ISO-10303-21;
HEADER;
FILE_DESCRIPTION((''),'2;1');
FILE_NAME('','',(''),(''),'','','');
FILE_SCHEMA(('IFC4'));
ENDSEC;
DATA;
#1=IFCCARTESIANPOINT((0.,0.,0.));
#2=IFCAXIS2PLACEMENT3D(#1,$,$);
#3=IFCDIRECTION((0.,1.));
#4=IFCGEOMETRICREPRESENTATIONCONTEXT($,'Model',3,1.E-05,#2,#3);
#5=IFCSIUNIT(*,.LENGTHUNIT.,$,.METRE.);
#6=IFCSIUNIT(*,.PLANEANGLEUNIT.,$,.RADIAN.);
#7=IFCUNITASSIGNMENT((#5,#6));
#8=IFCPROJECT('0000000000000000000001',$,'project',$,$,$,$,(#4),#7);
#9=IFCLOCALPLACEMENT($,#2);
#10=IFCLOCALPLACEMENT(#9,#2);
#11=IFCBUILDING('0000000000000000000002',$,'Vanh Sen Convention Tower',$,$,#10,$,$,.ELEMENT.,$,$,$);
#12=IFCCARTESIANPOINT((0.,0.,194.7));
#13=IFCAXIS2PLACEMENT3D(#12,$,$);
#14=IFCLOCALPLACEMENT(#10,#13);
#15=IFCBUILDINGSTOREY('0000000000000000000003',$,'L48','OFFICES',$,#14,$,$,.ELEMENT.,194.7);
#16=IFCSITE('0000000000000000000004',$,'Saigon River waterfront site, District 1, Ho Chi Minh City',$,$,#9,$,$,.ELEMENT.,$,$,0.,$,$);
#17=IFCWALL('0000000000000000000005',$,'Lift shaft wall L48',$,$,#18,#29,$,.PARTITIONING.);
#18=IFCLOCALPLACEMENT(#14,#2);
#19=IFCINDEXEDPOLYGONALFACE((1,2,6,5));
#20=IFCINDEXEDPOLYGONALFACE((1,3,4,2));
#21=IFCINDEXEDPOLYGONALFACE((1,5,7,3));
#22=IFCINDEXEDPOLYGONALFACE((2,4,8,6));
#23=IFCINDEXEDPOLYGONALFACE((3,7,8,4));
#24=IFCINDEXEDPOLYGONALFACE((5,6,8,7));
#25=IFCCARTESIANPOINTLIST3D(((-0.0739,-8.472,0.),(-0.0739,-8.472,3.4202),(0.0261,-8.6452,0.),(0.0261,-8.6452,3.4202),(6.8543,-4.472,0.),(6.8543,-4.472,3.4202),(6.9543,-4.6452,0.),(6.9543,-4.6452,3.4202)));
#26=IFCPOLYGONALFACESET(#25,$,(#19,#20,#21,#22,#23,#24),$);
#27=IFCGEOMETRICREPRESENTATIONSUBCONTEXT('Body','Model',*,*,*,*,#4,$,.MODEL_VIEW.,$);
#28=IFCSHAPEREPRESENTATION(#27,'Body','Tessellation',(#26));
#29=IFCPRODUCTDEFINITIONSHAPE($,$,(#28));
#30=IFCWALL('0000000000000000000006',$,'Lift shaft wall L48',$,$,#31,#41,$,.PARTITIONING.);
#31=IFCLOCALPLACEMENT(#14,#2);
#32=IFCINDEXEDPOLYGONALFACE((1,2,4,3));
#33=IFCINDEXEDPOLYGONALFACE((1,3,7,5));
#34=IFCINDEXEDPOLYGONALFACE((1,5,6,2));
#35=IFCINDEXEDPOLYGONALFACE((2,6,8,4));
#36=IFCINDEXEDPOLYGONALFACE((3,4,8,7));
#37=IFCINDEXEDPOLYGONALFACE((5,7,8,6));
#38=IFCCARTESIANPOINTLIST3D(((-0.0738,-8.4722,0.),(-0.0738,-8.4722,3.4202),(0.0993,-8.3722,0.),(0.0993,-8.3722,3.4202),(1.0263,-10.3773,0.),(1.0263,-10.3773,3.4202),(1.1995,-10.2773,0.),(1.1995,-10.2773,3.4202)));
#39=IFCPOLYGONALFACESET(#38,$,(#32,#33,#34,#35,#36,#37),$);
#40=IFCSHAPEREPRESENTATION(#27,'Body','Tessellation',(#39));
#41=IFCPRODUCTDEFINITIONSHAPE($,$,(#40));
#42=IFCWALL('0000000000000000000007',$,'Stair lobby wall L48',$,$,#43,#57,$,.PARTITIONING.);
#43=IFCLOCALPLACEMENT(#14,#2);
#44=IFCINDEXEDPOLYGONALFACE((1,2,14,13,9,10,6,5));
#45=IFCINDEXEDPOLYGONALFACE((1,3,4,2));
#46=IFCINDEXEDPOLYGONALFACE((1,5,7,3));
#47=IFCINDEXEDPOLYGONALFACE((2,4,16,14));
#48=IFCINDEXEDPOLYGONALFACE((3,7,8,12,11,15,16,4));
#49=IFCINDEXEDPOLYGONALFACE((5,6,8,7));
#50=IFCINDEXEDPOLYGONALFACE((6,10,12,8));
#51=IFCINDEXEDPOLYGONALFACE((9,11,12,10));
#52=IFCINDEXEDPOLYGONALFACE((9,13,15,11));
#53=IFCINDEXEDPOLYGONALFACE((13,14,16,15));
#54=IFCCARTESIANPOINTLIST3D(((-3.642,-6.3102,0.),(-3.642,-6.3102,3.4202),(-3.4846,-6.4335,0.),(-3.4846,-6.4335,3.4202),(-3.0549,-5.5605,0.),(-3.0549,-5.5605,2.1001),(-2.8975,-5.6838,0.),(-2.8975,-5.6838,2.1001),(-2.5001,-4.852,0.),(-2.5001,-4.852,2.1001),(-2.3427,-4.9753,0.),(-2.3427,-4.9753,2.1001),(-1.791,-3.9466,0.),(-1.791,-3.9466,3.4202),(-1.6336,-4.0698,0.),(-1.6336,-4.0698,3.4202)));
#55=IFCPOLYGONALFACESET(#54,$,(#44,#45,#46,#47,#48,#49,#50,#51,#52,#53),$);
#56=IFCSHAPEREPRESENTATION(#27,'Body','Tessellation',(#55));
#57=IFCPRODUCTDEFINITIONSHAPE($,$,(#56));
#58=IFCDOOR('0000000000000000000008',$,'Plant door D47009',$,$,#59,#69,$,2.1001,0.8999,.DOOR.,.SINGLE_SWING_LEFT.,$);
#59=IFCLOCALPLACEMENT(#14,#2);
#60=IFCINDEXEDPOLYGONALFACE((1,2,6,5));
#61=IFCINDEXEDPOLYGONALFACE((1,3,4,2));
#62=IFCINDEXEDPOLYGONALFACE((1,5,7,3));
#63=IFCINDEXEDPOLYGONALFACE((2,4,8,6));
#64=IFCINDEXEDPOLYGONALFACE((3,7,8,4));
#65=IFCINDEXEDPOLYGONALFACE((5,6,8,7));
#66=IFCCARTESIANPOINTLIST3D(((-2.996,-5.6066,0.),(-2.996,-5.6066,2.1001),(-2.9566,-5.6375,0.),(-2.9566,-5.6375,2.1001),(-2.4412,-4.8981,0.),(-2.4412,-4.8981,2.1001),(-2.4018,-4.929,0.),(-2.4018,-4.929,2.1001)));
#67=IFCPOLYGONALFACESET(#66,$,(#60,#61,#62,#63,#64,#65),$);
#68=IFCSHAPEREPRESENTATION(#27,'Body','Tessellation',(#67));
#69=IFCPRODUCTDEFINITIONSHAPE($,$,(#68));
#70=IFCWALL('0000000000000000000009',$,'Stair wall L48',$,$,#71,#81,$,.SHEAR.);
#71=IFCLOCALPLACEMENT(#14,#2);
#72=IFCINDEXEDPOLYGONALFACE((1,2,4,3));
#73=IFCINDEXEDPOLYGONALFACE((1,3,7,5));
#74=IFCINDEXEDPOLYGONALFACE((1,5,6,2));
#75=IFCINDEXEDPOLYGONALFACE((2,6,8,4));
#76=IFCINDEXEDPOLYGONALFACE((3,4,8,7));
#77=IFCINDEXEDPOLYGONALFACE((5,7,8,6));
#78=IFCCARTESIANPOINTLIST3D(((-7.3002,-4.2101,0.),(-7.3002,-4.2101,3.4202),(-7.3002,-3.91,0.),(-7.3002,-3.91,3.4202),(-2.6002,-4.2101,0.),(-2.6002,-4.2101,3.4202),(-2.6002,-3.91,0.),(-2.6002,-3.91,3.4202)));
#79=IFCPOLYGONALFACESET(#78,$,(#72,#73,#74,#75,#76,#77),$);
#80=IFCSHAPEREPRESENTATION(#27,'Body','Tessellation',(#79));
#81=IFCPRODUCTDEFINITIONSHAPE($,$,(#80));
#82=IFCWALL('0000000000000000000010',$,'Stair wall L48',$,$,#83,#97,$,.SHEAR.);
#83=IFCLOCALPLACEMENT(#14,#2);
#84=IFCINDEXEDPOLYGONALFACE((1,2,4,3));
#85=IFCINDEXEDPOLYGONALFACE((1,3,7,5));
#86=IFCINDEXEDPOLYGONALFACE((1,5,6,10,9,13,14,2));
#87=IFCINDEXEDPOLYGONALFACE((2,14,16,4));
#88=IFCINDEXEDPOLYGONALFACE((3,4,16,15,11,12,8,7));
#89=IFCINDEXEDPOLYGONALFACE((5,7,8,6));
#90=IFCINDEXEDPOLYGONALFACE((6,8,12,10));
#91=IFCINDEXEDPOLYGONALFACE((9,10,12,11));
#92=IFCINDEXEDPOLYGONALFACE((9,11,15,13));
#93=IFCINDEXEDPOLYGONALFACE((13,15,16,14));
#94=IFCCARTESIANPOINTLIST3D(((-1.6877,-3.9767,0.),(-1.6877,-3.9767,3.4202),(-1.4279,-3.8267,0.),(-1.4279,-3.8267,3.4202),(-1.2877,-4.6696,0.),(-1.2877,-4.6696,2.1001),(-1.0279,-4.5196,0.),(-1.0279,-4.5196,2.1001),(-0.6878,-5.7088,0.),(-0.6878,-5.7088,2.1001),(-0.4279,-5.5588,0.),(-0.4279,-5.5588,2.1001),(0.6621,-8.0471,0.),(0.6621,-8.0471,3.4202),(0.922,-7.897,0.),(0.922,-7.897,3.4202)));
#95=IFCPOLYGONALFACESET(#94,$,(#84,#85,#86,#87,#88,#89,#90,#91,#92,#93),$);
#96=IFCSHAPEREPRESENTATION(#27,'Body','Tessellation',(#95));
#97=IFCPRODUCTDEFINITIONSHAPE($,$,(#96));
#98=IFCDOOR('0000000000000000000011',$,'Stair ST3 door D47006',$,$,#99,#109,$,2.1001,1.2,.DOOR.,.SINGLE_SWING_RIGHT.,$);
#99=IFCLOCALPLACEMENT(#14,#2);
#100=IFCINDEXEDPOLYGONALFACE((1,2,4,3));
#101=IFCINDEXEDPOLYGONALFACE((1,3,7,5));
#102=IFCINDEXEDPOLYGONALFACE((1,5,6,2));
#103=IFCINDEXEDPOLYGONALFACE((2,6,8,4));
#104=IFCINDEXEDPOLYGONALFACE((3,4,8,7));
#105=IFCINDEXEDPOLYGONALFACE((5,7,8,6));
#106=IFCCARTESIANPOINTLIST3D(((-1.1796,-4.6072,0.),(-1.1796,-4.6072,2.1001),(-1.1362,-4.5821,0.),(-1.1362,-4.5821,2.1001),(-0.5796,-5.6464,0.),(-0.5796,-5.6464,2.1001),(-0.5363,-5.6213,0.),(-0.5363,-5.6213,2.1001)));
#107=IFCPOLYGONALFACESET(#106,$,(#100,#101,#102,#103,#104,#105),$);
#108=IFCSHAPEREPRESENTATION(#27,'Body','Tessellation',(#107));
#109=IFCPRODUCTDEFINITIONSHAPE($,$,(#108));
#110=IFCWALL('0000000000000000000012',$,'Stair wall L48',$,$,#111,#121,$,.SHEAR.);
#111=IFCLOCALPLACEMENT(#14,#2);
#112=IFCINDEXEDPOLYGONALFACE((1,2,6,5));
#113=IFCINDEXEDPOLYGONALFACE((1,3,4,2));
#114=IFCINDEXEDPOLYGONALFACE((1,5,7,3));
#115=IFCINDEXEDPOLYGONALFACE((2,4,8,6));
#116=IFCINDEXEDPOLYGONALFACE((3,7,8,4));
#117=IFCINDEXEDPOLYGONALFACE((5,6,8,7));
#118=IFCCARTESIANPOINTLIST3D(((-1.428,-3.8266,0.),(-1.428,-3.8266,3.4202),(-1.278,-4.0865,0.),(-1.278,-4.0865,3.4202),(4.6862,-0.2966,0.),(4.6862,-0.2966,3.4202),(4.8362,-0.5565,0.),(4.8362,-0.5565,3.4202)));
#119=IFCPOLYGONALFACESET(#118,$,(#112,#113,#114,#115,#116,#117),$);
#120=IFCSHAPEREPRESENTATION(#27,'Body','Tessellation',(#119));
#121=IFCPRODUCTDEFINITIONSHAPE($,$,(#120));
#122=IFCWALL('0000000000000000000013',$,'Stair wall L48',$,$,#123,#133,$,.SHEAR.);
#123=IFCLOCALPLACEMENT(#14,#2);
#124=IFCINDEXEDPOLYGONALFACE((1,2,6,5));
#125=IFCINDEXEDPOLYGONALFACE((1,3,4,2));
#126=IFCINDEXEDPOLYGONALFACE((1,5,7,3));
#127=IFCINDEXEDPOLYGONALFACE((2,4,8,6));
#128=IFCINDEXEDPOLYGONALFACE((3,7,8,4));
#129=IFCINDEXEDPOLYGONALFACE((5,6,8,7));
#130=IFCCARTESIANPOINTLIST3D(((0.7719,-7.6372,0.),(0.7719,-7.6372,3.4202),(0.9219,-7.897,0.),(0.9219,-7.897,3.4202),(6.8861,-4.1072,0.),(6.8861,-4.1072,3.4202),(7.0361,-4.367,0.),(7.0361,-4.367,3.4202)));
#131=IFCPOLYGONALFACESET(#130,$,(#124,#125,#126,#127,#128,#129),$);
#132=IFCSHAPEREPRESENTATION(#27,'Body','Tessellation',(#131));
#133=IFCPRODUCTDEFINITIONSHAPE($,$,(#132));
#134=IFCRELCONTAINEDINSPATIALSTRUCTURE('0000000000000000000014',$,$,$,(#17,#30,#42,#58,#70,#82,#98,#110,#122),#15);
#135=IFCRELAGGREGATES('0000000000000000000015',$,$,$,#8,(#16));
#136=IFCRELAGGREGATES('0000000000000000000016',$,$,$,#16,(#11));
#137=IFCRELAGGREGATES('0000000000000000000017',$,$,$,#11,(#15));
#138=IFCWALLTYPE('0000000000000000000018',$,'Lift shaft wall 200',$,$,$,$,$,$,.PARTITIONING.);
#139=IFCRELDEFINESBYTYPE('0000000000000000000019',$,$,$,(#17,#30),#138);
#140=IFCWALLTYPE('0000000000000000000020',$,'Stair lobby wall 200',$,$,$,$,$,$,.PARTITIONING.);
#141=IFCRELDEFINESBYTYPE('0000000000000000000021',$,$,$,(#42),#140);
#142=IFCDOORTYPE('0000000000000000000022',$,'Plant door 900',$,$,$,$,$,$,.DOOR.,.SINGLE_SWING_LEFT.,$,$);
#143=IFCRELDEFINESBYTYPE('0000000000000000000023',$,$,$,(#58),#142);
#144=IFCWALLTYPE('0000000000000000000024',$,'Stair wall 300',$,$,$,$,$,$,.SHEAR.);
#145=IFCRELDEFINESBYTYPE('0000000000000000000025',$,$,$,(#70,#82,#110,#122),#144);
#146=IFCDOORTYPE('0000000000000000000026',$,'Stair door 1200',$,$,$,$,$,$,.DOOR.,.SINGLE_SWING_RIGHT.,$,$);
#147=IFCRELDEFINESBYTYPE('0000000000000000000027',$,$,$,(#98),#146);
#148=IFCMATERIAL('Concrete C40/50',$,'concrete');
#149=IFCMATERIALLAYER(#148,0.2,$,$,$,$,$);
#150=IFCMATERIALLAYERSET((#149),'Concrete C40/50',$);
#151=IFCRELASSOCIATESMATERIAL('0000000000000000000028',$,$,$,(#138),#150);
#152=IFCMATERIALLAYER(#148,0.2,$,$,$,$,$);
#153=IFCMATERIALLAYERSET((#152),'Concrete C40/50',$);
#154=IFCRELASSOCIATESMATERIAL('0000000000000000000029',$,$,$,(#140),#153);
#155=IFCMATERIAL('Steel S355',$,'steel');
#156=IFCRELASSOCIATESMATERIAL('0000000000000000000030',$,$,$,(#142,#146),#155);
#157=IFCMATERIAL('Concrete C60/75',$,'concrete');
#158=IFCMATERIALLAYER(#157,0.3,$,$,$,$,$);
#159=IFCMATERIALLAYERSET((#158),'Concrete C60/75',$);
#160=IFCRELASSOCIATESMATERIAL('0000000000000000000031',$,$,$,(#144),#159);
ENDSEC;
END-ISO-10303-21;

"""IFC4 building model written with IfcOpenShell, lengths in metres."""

from ifc_helpers import new_model, si_unit, direction, frame, frame_2d, origin, place, context, subcontext, project, spatial, rectangle, extrude, material, layer, layer_set, type_object, element, fill, save


model = new_model("IFC4")

# Units and contexts
model_context = context("Model", 3, precision=1e-05, world=origin(), true_north=direction((0.0, 1.0)))
body_context = subcontext(model_context, "Body", "Model", "MODEL_VIEW")
ifc_project = project(units=[si_unit("LENGTHUNIT", "METRE"), si_unit("PLANEANGLEUNIT", "RADIAN")], contexts=[model_context])

# Site, building, storey
site_placement = place(None, origin())
site = spatial("IfcSite", under=ifc_project, at=site_placement, Name="Saigon River waterfront site, District 1, Ho Chi Minh City", CompositionType="ELEMENT", RefElevation=0.0)
building_placement = place(site_placement, origin())
building = spatial("IfcBuilding", under=site, at=building_placement, Name="Vanh Sen Convention Tower", CompositionType="ELEMENT")
storey_placement = place(building_placement, frame((0.0, 0.0, 194.7)))
storey = spatial("IfcBuildingStorey", under=building, at=storey_placement, Name="L48", Description="OFFICES", CompositionType="ELEMENT", Elevation=194.7)

# Shared definitions
ifc_material_1 = material(Name="Concrete C40/50", Category="concrete")

# Shared definitions
ifc_material_2 = material(Name="Steel S355", Category="steel")

# Walls
ifc_layer_1 = layer(ifc_material_1, 0.2)
ifc_layer_set_1 = layer_set([ifc_layer_1], Name="Concrete C40/50")
wall_type_1 = type_object("IfcWallType", Name="Lift shaft wall 200", PredefinedType="PARTITIONING", material=ifc_layer_set_1)
wall_1_placement = place(storey_placement, frame((-0.0239, -8.5586, 0.0), z_axis=(0.0, 0.0, 1.0), x_axis=(0.866026, 0.499999, 0.0)))
element("IfcWall", 1, at=wall_1_placement, inside=storey, type_object=wall_type_1, Name="Lift shaft wall L48", PredefinedType="PARTITIONING", context=body_context, shape_type="SweptSolid", body=[
    extrude(rectangle(XDim=8.0, YDim=0.2, at=frame_2d((4.0, 0.0))), origin(), (0.0, 0.0, 1.0), 3.4202),
])
wall_2_placement = place(storey_placement, frame((0.0127, -8.4221, 0.0), z_axis=(0.0, 0.0, 1.0), x_axis=(0.500078, -0.86598, 0.0)))
element("IfcWall", 2, at=wall_2_placement, inside=storey, type_object=wall_type_1, Name="Lift shaft wall L48", PredefinedType="PARTITIONING", context=body_context, shape_type="SweptSolid", body=[
    extrude(rectangle(XDim=2.2, YDim=0.2, at=frame_2d((1.1001, 0.0))), origin(), (0.0, 0.0, 1.0), 3.4202),
])

# Wall, opening, door
ifc_layer_2 = layer(ifc_material_1, 0.2)
ifc_layer_set_2 = layer_set([ifc_layer_2], Name="Concrete C40/50")
wall_type_2 = type_object("IfcWallType", Name="Stair lobby wall 200", PredefinedType="PARTITIONING", material=ifc_layer_set_2)
wall_3_placement = place(storey_placement, frame((-1.7124, -4.0083, 0.0), z_axis=(0.0, 0.0, 1.0), x_axis=(-0.616549, -0.787316, 0.0)))
wall_3 = element("IfcWall", 3, at=wall_3_placement, inside=storey, type_object=wall_type_2, Name="Stair lobby wall L48", PredefinedType="PARTITIONING", context=body_context, shape_type="SweptSolid", body=[
    extrude(rectangle(XDim=3.0022, YDim=0.2, at=frame_2d((1.501, 0.0))), origin(), (0.0, 0.0, 1.0), 3.4202),
])
opening_1_placement = place(wall_3_placement, frame((1.1499, 0.0, 0.0)))
opening_1 = element("IfcOpeningElement", 4, at=opening_1_placement, cuts=wall_3, PredefinedType="OPENING", context=body_context, shape_type="SweptSolid", body=[
    extrude(rectangle(XDim=0.8999, YDim=2.1001, at=frame_2d((0.45, 1.05))), frame((0.0, 0.1099, 0.0), z_axis=(0.0, -1.0, 0.0), x_axis=(1.0, 0.0, 0.0)), (0.0, 0.0, 1.0), 0.22),
])
door_type_1 = type_object("IfcDoorType", Name="Plant door 900", OperationType="SINGLE_SWING_LEFT", PredefinedType="DOOR", material=ifc_material_2)
door_1_placement = place(opening_1_placement, origin())
door_1 = element("IfcDoor", 5, at=door_1_placement, inside=storey, type_object=door_type_1, Name="Plant door D47009", OperationType="SINGLE_SWING_LEFT", OverallHeight=2.1001, OverallWidth=0.8999, PredefinedType="DOOR", context=body_context, shape_type="SweptSolid", body=[
    extrude(rectangle(XDim=0.8999, YDim=2.1001, at=frame_2d((0.45, 1.05))), frame((0.0, 0.0249, 0.0), z_axis=(0.0, -1.0, 0.0), x_axis=(1.0, 0.0, 0.0)), (0.0, 0.0, 1.0), 0.05),
])
fill(opening_1, door_1)

# Wall
ifc_material_3 = material(Name="Concrete C60/75", Category="concrete")
ifc_layer_3 = layer(ifc_material_3, 0.3)
ifc_layer_set_3 = layer_set([ifc_layer_3], Name="Concrete C60/75")
wall_type_3 = type_object("IfcWallType", Name="Stair wall 300", PredefinedType="SHEAR", material=ifc_layer_set_3)
wall_4_placement = place(storey_placement, frame((-2.6001, -4.0601, 0.0), z_axis=(0.0, 0.0, 1.0), x_axis=(-1.0, 0.0, 0.0)))
element("IfcWall", 6, at=wall_4_placement, inside=storey, type_object=wall_type_3, Name="Stair wall L48", PredefinedType="SHEAR", context=body_context, shape_type="SweptSolid", body=[
    extrude(rectangle(XDim=4.7, YDim=0.3, at=frame_2d((2.3501, 0.0))), origin(), (0.0, 0.0, 1.0), 3.4202),
])

# Wall, opening, door
wall_5_placement = place(storey_placement, frame((-1.5579, -3.9016, 0.0), z_axis=(0.0, 0.0, 1.0), x_axis=(0.499977, -0.866039, 0.0)))
wall_5 = element("IfcWall", 7, at=wall_5_placement, inside=storey, type_object=wall_type_3, Name="Stair wall L48", PredefinedType="SHEAR", context=body_context, shape_type="SweptSolid", body=[
    extrude(rectangle(XDim=4.7, YDim=0.3, at=frame_2d((2.3501, 0.0))), origin(), (0.0, 0.0, 1.0), 3.4202),
])
opening_2_placement = place(wall_5_placement, frame((0.8, 0.0, 0.0)))
opening_2 = element("IfcOpeningElement", 8, at=opening_2_placement, cuts=wall_5, PredefinedType="OPENING", context=body_context, shape_type="SweptSolid", body=[
    extrude(rectangle(XDim=1.2, YDim=2.1001, at=frame_2d((0.6001, 1.05))), frame((0.0, 0.1599, 0.0), z_axis=(0.0, -1.0, 0.0), x_axis=(1.0, 0.0, 0.0)), (0.0, 0.0, 1.0), 0.3201),
])
door_type_2 = type_object("IfcDoorType", Name="Stair door 1200", OperationType="SINGLE_SWING_RIGHT", PredefinedType="DOOR", material=ifc_material_2)
door_2_placement = place(opening_2_placement, origin())
door_2 = element("IfcDoor", 9, at=door_2_placement, inside=storey, type_object=door_type_2, Name="Stair ST3 door D47006", OperationType="SINGLE_SWING_RIGHT", OverallHeight=2.1001, OverallWidth=1.2, PredefinedType="DOOR", context=body_context, shape_type="SweptSolid", body=[
    extrude(rectangle(XDim=1.2, YDim=2.1001, at=frame_2d((0.6001, 1.05))), frame((0.0, 0.0249, 0.0), z_axis=(0.0, -1.0, 0.0), x_axis=(1.0, 0.0, 0.0)), (0.0, 0.0, 1.0), 0.05),
])
fill(opening_2, door_2)

# Walls
for number, where, z_axis, x_axis, name in (
    (10, (-1.353, -3.9565, 0.0), (0.0, 0.0, 1.0), (0.866028, 0.499996, 0.0), "Stair wall L48"),
    (11, (0.8469, -7.7671, 0.0), (0.0, 0.0, 1.0), (0.866028, 0.499996, 0.0), "Stair wall L48"),
):
    element("IfcWall", number, at=place(storey_placement, frame(where, z_axis=z_axis, x_axis=x_axis)), inside=storey, type_object=wall_type_3, Name=name, PredefinedType="SHEAR", context=body_context, shape_type="SweptSolid", body=[
        extrude(rectangle(XDim=7.0601, YDim=0.3, at=frame_2d((3.53, 0.0))), origin(), (0.0, 0.0, 1.0), 3.4202),
    ])

save(model, "model.ifc")
